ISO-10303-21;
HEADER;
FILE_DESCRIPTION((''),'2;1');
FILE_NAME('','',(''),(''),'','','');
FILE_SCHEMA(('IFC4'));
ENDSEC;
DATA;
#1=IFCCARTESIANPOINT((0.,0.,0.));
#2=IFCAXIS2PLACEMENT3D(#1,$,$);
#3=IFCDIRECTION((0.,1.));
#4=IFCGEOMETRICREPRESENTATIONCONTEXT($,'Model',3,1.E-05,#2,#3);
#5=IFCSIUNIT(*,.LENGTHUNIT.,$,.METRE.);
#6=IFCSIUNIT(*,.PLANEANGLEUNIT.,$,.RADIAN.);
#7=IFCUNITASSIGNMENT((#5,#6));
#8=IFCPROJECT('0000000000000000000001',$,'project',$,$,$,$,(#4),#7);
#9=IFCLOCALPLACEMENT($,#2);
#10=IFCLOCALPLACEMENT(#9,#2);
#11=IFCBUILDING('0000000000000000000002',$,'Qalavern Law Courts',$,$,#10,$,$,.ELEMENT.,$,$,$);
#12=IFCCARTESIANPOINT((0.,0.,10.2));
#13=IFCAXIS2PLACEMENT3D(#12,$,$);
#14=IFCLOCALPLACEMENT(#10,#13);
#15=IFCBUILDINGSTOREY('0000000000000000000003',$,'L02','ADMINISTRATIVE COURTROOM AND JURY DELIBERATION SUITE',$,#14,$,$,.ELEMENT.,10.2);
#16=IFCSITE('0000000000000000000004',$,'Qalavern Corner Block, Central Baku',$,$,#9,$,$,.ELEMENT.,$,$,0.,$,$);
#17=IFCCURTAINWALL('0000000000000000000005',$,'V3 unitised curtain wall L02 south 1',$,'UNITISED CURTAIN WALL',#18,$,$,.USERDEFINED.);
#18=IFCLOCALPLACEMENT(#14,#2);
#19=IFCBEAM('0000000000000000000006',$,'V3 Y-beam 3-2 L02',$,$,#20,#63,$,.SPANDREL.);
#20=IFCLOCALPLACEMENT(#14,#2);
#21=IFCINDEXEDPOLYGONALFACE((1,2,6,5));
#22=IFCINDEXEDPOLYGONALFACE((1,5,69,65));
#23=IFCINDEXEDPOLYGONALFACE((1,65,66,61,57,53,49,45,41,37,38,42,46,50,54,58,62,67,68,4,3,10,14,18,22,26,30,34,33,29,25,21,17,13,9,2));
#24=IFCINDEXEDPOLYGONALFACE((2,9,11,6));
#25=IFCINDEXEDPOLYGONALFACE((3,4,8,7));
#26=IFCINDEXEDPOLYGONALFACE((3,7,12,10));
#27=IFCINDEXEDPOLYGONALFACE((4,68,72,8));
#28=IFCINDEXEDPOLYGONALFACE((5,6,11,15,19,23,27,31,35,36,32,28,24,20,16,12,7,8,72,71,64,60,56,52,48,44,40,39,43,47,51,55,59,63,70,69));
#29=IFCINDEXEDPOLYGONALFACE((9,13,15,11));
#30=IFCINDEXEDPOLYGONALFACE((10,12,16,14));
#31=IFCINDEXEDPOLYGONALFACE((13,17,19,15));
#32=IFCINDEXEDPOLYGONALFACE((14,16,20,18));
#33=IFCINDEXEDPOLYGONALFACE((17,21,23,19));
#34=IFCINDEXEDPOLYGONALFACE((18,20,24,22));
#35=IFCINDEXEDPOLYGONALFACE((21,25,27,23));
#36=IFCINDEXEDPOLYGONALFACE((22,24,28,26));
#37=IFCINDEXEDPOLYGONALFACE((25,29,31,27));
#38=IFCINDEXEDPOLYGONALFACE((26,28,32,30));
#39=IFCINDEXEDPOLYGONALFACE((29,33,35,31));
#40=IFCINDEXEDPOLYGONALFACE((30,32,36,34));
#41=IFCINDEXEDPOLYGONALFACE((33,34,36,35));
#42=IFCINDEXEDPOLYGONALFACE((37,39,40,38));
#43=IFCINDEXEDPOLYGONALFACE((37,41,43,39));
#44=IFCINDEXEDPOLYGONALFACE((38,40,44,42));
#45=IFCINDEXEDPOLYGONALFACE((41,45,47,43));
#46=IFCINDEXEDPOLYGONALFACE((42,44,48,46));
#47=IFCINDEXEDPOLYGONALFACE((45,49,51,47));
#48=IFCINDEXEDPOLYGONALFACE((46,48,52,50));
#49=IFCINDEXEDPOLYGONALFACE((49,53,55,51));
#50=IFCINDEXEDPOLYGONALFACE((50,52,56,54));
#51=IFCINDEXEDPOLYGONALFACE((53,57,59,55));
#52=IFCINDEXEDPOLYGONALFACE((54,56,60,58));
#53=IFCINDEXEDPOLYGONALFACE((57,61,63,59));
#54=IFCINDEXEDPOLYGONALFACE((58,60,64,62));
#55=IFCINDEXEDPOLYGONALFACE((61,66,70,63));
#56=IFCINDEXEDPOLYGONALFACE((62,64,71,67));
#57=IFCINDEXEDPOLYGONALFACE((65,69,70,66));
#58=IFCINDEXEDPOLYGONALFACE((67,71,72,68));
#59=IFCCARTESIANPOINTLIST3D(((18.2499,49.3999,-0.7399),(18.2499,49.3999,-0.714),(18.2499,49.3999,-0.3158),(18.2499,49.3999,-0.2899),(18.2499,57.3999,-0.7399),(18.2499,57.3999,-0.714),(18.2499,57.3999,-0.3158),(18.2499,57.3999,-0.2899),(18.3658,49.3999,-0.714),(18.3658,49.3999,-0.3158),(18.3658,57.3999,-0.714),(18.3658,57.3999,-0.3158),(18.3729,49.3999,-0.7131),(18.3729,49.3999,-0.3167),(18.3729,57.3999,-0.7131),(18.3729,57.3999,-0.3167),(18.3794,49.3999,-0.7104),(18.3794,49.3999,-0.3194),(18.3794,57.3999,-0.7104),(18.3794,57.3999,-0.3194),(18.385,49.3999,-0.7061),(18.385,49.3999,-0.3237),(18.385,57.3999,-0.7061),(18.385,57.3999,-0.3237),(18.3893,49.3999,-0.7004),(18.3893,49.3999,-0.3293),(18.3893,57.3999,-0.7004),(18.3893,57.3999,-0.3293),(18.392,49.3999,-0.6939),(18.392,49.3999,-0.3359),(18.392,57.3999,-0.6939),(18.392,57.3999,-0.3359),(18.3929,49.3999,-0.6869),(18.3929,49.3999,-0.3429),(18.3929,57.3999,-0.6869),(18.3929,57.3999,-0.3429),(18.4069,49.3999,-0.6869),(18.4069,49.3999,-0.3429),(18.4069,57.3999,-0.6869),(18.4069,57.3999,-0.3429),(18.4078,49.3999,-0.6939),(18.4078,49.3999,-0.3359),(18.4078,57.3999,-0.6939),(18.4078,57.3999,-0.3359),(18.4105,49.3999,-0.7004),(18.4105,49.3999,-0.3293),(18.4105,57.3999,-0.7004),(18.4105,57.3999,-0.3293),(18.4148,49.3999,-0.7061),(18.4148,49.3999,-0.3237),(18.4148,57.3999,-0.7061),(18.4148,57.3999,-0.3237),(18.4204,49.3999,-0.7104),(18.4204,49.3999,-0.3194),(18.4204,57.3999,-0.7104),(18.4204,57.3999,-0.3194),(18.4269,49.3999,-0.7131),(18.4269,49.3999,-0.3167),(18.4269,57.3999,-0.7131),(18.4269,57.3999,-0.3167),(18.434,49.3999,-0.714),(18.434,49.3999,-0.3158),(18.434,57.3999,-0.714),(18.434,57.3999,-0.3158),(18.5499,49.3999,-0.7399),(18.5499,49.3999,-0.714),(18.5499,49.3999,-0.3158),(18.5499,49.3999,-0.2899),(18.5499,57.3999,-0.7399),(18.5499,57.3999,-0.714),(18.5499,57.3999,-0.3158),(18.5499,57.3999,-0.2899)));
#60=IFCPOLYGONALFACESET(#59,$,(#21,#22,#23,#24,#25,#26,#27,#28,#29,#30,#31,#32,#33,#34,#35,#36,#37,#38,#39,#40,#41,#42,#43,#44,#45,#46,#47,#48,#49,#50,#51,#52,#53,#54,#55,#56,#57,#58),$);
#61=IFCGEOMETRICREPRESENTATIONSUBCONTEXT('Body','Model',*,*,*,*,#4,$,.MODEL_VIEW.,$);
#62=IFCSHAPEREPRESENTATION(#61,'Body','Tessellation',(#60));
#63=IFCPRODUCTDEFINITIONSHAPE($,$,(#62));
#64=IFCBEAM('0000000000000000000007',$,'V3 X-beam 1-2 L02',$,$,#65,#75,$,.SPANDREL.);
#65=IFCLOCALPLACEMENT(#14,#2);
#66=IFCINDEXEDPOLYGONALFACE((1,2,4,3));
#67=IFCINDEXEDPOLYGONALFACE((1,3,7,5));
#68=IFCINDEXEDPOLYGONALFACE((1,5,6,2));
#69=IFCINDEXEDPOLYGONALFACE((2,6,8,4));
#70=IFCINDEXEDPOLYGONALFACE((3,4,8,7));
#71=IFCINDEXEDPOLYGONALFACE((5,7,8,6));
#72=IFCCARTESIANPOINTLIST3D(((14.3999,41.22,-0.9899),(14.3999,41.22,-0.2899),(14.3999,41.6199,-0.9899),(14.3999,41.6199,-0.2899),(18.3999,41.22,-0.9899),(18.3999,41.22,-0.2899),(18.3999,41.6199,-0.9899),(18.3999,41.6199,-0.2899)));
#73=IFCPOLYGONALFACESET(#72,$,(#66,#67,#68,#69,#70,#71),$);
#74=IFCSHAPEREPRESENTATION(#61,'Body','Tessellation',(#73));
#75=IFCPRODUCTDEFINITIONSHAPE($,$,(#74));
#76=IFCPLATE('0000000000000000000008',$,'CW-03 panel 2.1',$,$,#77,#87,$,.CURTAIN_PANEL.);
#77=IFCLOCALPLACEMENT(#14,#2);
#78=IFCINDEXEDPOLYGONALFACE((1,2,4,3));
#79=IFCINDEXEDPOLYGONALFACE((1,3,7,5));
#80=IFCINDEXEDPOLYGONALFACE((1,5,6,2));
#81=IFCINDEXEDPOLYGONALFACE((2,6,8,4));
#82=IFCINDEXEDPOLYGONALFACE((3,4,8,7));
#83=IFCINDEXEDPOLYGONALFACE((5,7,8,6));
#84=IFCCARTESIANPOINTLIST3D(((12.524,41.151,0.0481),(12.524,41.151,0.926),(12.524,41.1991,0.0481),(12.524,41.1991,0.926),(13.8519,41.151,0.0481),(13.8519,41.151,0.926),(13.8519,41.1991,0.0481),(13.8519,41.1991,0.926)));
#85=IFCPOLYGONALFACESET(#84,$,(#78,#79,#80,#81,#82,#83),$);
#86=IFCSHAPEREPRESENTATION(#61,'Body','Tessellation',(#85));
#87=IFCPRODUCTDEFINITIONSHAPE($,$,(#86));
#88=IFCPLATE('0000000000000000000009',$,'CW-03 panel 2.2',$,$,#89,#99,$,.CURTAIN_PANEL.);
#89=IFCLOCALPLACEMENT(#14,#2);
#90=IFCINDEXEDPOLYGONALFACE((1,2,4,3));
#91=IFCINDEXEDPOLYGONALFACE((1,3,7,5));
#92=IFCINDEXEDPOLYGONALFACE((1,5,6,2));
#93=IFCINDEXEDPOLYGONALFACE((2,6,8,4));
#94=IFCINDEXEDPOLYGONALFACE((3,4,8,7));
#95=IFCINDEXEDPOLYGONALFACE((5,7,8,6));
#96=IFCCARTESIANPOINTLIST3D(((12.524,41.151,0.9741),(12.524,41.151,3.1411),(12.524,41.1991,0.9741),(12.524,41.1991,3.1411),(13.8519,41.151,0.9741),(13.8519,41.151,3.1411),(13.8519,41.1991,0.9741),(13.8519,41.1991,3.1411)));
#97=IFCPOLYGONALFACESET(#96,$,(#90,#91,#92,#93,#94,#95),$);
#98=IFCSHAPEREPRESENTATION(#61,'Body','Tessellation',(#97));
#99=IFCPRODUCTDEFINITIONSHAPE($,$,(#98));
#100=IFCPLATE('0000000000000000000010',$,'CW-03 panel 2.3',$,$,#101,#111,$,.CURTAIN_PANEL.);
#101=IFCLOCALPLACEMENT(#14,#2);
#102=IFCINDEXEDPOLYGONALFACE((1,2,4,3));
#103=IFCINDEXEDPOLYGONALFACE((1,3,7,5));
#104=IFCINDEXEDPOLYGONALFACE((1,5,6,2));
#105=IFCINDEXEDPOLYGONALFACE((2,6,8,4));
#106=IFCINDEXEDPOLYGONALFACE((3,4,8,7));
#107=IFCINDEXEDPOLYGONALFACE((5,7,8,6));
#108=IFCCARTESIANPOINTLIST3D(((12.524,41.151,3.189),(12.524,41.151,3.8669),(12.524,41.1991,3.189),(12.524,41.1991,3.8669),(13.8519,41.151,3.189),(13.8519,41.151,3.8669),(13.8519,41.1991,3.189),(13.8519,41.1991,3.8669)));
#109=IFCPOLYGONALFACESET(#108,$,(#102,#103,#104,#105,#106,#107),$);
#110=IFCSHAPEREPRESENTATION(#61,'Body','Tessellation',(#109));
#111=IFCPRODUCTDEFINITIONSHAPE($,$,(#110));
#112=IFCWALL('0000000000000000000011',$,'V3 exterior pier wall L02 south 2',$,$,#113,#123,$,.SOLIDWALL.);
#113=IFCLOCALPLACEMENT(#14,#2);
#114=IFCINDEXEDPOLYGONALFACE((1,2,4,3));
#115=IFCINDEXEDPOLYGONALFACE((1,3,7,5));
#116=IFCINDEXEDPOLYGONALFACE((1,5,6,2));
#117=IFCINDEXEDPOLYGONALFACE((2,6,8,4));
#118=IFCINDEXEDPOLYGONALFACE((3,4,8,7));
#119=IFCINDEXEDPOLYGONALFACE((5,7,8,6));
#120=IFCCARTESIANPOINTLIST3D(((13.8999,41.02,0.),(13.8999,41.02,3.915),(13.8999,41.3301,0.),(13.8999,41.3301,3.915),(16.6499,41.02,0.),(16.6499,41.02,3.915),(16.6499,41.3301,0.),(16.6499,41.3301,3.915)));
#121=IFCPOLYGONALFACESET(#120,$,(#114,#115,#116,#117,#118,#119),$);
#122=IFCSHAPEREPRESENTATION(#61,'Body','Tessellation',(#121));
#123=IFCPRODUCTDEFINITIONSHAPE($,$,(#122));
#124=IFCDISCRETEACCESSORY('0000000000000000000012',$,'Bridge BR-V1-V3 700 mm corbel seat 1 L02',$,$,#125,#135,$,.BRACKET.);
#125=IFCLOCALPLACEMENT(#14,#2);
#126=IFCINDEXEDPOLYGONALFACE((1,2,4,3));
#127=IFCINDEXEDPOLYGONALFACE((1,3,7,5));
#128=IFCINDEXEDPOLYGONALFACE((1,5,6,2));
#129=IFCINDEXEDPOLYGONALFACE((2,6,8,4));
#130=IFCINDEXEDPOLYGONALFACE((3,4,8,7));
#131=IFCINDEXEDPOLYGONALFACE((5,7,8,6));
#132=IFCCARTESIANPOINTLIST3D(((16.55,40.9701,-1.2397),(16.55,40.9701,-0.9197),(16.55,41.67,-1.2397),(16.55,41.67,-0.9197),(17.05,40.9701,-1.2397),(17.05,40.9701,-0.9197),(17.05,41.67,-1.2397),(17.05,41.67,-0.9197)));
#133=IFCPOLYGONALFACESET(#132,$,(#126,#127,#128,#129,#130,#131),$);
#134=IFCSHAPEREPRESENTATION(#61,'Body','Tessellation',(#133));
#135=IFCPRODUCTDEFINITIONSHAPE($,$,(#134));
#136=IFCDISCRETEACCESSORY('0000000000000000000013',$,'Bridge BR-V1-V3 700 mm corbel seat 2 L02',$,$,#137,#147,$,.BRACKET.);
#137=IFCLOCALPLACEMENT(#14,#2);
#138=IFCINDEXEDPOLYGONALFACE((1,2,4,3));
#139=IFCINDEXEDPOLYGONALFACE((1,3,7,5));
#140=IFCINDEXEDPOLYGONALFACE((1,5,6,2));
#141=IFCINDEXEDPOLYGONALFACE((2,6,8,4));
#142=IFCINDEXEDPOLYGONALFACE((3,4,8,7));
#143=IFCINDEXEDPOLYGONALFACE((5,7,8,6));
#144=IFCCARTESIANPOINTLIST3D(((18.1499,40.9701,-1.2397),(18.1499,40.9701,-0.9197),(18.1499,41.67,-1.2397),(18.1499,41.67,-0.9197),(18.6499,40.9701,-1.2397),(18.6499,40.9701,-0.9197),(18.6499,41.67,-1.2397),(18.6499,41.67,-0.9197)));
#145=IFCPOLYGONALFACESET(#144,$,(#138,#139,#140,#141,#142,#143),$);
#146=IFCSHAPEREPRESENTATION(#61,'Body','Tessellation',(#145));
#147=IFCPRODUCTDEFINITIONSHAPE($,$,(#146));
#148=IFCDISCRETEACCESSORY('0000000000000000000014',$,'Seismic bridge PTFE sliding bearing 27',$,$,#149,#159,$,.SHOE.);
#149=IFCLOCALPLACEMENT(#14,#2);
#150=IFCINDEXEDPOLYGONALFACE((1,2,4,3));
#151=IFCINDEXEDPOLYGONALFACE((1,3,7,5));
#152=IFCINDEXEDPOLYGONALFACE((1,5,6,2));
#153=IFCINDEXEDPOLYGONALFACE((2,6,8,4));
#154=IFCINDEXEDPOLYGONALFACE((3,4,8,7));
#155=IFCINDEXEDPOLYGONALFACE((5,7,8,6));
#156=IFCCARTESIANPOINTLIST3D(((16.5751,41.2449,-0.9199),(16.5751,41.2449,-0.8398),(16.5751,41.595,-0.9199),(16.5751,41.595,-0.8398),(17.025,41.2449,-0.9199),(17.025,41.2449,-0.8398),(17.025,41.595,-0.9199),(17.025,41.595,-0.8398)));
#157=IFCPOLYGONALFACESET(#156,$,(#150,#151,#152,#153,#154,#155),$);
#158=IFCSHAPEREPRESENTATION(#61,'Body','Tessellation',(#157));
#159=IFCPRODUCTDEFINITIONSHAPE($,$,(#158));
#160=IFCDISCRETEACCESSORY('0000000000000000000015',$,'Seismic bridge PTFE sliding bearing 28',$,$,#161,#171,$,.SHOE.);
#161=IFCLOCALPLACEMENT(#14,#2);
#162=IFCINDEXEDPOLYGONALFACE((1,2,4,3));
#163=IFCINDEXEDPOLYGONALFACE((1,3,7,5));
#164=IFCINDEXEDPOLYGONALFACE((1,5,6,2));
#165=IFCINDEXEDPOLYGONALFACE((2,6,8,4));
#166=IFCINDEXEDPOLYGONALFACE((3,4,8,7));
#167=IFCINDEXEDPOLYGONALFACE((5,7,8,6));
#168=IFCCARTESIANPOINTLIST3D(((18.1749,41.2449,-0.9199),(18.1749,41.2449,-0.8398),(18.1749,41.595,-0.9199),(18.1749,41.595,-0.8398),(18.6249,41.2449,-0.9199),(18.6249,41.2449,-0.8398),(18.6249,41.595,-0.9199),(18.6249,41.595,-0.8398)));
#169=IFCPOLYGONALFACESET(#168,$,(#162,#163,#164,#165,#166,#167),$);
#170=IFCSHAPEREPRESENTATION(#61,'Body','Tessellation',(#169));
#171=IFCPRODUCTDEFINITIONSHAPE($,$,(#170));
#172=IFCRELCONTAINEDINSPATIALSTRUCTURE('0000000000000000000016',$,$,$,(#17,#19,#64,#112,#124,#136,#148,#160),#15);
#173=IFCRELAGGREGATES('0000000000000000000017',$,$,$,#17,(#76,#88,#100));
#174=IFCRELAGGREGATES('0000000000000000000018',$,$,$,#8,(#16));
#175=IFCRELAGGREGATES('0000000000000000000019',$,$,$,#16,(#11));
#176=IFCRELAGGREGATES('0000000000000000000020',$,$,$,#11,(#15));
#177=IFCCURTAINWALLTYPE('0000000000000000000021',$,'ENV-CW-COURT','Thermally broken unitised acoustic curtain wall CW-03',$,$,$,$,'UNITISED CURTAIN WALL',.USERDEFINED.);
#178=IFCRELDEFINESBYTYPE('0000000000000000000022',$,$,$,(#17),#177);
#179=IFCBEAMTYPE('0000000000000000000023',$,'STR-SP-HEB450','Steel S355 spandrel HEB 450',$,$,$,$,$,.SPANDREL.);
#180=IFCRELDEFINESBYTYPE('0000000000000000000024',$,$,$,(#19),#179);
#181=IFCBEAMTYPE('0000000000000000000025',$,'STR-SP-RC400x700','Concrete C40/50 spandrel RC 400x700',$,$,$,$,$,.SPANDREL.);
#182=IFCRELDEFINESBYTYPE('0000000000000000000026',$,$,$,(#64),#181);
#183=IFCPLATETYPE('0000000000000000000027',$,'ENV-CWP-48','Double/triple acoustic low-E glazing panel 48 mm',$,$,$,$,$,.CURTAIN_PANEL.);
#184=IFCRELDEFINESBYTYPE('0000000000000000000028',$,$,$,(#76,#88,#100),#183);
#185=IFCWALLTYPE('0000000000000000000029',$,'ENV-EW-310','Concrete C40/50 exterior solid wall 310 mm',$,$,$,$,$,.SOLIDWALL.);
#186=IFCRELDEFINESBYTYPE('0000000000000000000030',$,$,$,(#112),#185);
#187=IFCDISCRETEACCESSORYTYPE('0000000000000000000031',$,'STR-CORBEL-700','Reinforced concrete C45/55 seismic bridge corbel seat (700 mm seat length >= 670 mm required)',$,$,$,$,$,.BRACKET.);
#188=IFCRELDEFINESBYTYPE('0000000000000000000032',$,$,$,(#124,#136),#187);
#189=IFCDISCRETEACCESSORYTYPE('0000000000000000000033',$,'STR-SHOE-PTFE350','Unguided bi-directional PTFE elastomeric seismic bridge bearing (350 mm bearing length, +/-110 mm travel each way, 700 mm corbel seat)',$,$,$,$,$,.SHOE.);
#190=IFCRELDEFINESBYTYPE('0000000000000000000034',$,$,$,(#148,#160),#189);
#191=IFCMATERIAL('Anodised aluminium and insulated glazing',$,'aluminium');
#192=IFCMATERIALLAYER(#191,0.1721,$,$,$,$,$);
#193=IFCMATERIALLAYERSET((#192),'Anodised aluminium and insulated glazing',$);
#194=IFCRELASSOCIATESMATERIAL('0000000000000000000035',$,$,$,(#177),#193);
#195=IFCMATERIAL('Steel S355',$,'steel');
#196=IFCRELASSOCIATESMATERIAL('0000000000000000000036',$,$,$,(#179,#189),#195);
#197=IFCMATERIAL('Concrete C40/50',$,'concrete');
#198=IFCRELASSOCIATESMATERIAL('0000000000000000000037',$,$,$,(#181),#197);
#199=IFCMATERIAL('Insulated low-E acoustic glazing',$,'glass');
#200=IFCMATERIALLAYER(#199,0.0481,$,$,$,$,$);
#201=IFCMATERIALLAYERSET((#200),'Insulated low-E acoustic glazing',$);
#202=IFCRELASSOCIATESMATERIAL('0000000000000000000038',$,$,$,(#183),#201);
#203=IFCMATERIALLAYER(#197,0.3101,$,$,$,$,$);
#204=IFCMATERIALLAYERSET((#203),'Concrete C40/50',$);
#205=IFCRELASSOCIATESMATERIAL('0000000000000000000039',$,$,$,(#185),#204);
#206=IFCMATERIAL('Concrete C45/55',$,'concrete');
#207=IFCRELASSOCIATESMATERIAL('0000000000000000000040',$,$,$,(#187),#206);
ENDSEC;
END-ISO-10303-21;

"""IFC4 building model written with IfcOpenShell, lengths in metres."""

from ifc_helpers import new_model, si_unit, direction, frame, frame_2d, origin, origin_2d, place, context, subcontext, project, spatial, rectangle, i_section, extrude, material, layer, layer_set, material_profile, profile_set, type_object, element, aggregate, save


model = new_model("IFC4")

# Units and contexts
model_context = context("Model", 3, precision=1e-05, world=origin(), true_north=direction((0.0, 1.0)))
body_context = subcontext(model_context, "Body", "Model", "MODEL_VIEW")
ifc_project = project(units=[si_unit("LENGTHUNIT", "METRE"), si_unit("PLANEANGLEUNIT", "RADIAN")], contexts=[model_context])

# Site, building, storey
site_placement = place(None, origin())
site = spatial("IfcSite", under=ifc_project, at=site_placement, Name="Qalavern Corner Block, Central Baku", CompositionType="ELEMENT", RefElevation=0.0)
building_placement = place(site_placement, origin())
building = spatial("IfcBuilding", under=site, at=building_placement, Name="Qalavern Law Courts", CompositionType="ELEMENT")
storey_placement = place(building_placement, frame((0.0, 0.0, 10.2)))
storey = spatial("IfcBuildingStorey", under=building, at=storey_placement, Name="L02", Description="ADMINISTRATIVE COURTROOM AND JURY DELIBERATION SUITE", CompositionType="ELEMENT", Elevation=10.2)

# Shared definitions
ifc_material_1 = material(Name="Concrete C45/55", Category="concrete")

# Curtain wall
ifc_material_2 = material(Name="Anodised aluminium and insulated glazing", Category="aluminium")
ifc_layer_1 = layer(ifc_material_2, 0.1721)
ifc_layer_set_1 = layer_set([ifc_layer_1], Name="Anodised aluminium and insulated glazing")
curtain_wall_type = type_object("IfcCurtainWallType", Name="ENV-CW-COURT", Description="Thermally broken unitised acoustic curtain wall CW-03", ElementType="UNITISED CURTAIN WALL", PredefinedType="USERDEFINED", material=ifc_layer_set_1)
curtain_wall_placement = place(storey_placement, origin())
curtain_wall = element("IfcCurtainWall", 1, at=curtain_wall_placement, inside=storey, type_object=curtain_wall_type, Name="V3 unitised curtain wall L02 south 1", ObjectType="UNITISED CURTAIN WALL", PredefinedType="USERDEFINED")

# Beams
ifc_material_3 = material(Name="Steel S355", Category="steel")
ifc_material_profile_1 = material_profile(ifc_material_3, i_section(OverallWidth=0.3, OverallDepth=0.45, WebThickness=0.0139, FlangeThickness=0.0259, FilletRadius=0.0271, at=origin_2d()), Name="HEB 450")
ifc_profile_set_1 = profile_set([ifc_material_profile_1], Name="Steel S355")
beam_type_1 = type_object("IfcBeamType", Name="STR-SP-HEB450", Description="Steel S355 spandrel HEB 450", PredefinedType="SPANDREL", material=ifc_profile_set_1)
beam_1_placement = place(storey_placement, frame((18.3999, 49.3999, -0.5149), z_axis=(0.0, 1.0, 0.0), x_axis=(-1.0, 0.0, 0.0)))
element("IfcBeam", 2, at=beam_1_placement, inside=storey, type_object=beam_type_1, Name="V3 Y-beam 3-2 L02", PredefinedType="SPANDREL", context=body_context, shape_type="SweptSolid", body=[
    extrude(i_section(OverallWidth=0.3, OverallDepth=0.45, WebThickness=0.0139, FlangeThickness=0.0259, FilletRadius=0.0271, at=origin_2d()), origin(), (0.0, 0.0, 1.0), 8.0),
])
ifc_material_4 = material(Name="Concrete C40/50", Category="concrete")
ifc_material_profile_2 = material_profile(ifc_material_4, rectangle(XDim=0.3999, YDim=0.7, at=origin_2d()), Name="RC 400x700")
ifc_profile_set_2 = profile_set([ifc_material_profile_2], Name="Concrete C40/50")
beam_type_2 = type_object("IfcBeamType", Name="STR-SP-RC400x700", Description="Concrete C40/50 spandrel RC 400x700", PredefinedType="SPANDREL", material=ifc_profile_set_2)
beam_2_placement = place(storey_placement, frame((14.3999, 41.4199, -0.6399), z_axis=(1.0, 0.0, 0.0), x_axis=(0.0, 1.0, 0.0)))
element("IfcBeam", 3, at=beam_2_placement, inside=storey, type_object=beam_type_2, Name="V3 X-beam 1-2 L02", PredefinedType="SPANDREL", context=body_context, shape_type="SweptSolid", body=[
    extrude(rectangle(XDim=0.3999, YDim=0.7, at=origin_2d()), origin(), (0.0, 0.0, 1.0), 4.0),
])

# Plates
ifc_material_5 = material(Name="Insulated low-E acoustic glazing", Category="glass")
ifc_layer_2 = layer(ifc_material_5, 0.0481)
ifc_layer_set_2 = layer_set([ifc_layer_2], Name="Insulated low-E acoustic glazing")
plate_type = type_object("IfcPlateType", Name="ENV-CWP-48", Description="Double/triple acoustic low-E glazing panel 48 mm", PredefinedType="CURTAIN_PANEL", material=ifc_layer_set_2)
plate_1_placement = place(storey_placement, frame((13.188, 41.175, 0.0481), z_axis=(0.0, 0.0, 1.0), x_axis=(1.0, 0.0, 0.0)))
plate_1 = element("IfcPlate", 4, at=plate_1_placement, type_object=plate_type, Name="CW-03 panel 2.1", PredefinedType="CURTAIN_PANEL", context=body_context, shape_type="SweptSolid", body=[
    extrude(rectangle(XDim=1.3279, YDim=0.0481, at=origin_2d()), origin(), (0.0, 0.0, 1.0), 0.8779),
])
plate_2_placement = place(storey_placement, frame((13.188, 41.175, 0.9741), z_axis=(0.0, 0.0, 1.0), x_axis=(1.0, 0.0, 0.0)))
plate_2 = element("IfcPlate", 5, at=plate_2_placement, type_object=plate_type, Name="CW-03 panel 2.2", PredefinedType="CURTAIN_PANEL", context=body_context, shape_type="SweptSolid", body=[
    extrude(rectangle(XDim=1.3279, YDim=0.0481, at=origin_2d()), origin(), (0.0, 0.0, 1.0), 2.167),
])
plate_3_placement = place(storey_placement, frame((13.188, 41.175, 3.189), z_axis=(0.0, 0.0, 1.0), x_axis=(1.0, 0.0, 0.0)))
plate_3 = element("IfcPlate", 6, at=plate_3_placement, type_object=plate_type, Name="CW-03 panel 2.3", PredefinedType="CURTAIN_PANEL", context=body_context, shape_type="SweptSolid", body=[
    extrude(rectangle(XDim=1.3279, YDim=0.0481, at=origin_2d()), origin(), (0.0, 0.0, 1.0), 0.678),
])
aggregate(curtain_wall, [plate_1, plate_2, plate_3])

# Wall
ifc_layer_3 = layer(ifc_material_4, 0.3101)
ifc_layer_set_3 = layer_set([ifc_layer_3], Name="Concrete C40/50")
wall_type_1 = type_object("IfcWallType", Name="ENV-EW-310", Description="Concrete C40/50 exterior solid wall 310 mm", PredefinedType="SOLIDWALL", material=ifc_layer_set_3)
wall_1_placement = place(storey_placement, frame((13.8999, 41.175, 0.0), z_axis=(0.0, 0.0, 1.0), x_axis=(1.0, 0.0, 0.0)))
element("IfcWall", 7, at=wall_1_placement, inside=storey, type_object=wall_type_1, Name="V3 exterior pier wall L02 south 2", PredefinedType="SOLIDWALL", context=body_context, shape_type="SweptSolid", body=[
    extrude(rectangle(XDim=2.75, YDim=0.3101, at=frame_2d((1.375, 0.0))), origin(), (0.0, 0.0, 1.0), 3.915),
])

# Discrete accessories
discrete_accessory_type_1 = type_object("IfcDiscreteAccessoryType", Name="STR-CORBEL-700", Description="Reinforced concrete C45/55 seismic bridge corbel seat (700 mm seat length >= 670 mm required)", PredefinedType="BRACKET", material=ifc_material_1)
for number, where, z_axis, x_axis, name in (
    (8, (16.8, 41.3201, -1.2397), (0.0, 0.0, 1.0), (1.0, 0.0, 0.0), "Bridge BR-V1-V3 700 mm corbel seat 1 L02"),
    (9, (18.3999, 41.3201, -1.2397), (0.0, 0.0, 1.0), (1.0, 0.0, 0.0), "Bridge BR-V1-V3 700 mm corbel seat 2 L02"),
):
    element("IfcDiscreteAccessory", number, at=place(storey_placement, frame(where, z_axis=z_axis, x_axis=x_axis)), inside=storey, type_object=discrete_accessory_type_1, Name=name, PredefinedType="BRACKET", context=body_context, shape_type="SweptSolid", body=[
        extrude(rectangle(XDim=0.5, YDim=0.7, at=origin_2d()), origin(), (0.0, 0.0, 1.0), 0.3201),
    ])
discrete_accessory_type_2 = type_object("IfcDiscreteAccessoryType", Name="STR-SHOE-PTFE350", Description="Unguided bi-directional PTFE elastomeric seismic bridge bearing (350 mm bearing length, +/-110 mm travel each way, 700 mm corbel seat)", PredefinedType="SHOE", material=ifc_material_3)
for number, where, z_axis, x_axis, name in (
    (10, (16.8, 41.4199, -0.9199), (0.0, 0.0, 1.0), (1.0, 0.0, 0.0), "Seismic bridge PTFE sliding bearing 27"),
    (11, (18.3999, 41.4199, -0.9199), (0.0, 0.0, 1.0), (1.0, 0.0, 0.0), "Seismic bridge PTFE sliding bearing 28"),
):
    element("IfcDiscreteAccessory", number, at=place(storey_placement, frame(where, z_axis=z_axis, x_axis=x_axis)), inside=storey, type_object=discrete_accessory_type_2, Name=name, PredefinedType="SHOE", context=body_context, shape_type="SweptSolid", body=[
        extrude(rectangle(XDim=0.45, YDim=0.3501, at=origin_2d()), origin(), (0.0, 0.0, 1.0), 0.0801),
    ])

save(model, "model.ifc")
